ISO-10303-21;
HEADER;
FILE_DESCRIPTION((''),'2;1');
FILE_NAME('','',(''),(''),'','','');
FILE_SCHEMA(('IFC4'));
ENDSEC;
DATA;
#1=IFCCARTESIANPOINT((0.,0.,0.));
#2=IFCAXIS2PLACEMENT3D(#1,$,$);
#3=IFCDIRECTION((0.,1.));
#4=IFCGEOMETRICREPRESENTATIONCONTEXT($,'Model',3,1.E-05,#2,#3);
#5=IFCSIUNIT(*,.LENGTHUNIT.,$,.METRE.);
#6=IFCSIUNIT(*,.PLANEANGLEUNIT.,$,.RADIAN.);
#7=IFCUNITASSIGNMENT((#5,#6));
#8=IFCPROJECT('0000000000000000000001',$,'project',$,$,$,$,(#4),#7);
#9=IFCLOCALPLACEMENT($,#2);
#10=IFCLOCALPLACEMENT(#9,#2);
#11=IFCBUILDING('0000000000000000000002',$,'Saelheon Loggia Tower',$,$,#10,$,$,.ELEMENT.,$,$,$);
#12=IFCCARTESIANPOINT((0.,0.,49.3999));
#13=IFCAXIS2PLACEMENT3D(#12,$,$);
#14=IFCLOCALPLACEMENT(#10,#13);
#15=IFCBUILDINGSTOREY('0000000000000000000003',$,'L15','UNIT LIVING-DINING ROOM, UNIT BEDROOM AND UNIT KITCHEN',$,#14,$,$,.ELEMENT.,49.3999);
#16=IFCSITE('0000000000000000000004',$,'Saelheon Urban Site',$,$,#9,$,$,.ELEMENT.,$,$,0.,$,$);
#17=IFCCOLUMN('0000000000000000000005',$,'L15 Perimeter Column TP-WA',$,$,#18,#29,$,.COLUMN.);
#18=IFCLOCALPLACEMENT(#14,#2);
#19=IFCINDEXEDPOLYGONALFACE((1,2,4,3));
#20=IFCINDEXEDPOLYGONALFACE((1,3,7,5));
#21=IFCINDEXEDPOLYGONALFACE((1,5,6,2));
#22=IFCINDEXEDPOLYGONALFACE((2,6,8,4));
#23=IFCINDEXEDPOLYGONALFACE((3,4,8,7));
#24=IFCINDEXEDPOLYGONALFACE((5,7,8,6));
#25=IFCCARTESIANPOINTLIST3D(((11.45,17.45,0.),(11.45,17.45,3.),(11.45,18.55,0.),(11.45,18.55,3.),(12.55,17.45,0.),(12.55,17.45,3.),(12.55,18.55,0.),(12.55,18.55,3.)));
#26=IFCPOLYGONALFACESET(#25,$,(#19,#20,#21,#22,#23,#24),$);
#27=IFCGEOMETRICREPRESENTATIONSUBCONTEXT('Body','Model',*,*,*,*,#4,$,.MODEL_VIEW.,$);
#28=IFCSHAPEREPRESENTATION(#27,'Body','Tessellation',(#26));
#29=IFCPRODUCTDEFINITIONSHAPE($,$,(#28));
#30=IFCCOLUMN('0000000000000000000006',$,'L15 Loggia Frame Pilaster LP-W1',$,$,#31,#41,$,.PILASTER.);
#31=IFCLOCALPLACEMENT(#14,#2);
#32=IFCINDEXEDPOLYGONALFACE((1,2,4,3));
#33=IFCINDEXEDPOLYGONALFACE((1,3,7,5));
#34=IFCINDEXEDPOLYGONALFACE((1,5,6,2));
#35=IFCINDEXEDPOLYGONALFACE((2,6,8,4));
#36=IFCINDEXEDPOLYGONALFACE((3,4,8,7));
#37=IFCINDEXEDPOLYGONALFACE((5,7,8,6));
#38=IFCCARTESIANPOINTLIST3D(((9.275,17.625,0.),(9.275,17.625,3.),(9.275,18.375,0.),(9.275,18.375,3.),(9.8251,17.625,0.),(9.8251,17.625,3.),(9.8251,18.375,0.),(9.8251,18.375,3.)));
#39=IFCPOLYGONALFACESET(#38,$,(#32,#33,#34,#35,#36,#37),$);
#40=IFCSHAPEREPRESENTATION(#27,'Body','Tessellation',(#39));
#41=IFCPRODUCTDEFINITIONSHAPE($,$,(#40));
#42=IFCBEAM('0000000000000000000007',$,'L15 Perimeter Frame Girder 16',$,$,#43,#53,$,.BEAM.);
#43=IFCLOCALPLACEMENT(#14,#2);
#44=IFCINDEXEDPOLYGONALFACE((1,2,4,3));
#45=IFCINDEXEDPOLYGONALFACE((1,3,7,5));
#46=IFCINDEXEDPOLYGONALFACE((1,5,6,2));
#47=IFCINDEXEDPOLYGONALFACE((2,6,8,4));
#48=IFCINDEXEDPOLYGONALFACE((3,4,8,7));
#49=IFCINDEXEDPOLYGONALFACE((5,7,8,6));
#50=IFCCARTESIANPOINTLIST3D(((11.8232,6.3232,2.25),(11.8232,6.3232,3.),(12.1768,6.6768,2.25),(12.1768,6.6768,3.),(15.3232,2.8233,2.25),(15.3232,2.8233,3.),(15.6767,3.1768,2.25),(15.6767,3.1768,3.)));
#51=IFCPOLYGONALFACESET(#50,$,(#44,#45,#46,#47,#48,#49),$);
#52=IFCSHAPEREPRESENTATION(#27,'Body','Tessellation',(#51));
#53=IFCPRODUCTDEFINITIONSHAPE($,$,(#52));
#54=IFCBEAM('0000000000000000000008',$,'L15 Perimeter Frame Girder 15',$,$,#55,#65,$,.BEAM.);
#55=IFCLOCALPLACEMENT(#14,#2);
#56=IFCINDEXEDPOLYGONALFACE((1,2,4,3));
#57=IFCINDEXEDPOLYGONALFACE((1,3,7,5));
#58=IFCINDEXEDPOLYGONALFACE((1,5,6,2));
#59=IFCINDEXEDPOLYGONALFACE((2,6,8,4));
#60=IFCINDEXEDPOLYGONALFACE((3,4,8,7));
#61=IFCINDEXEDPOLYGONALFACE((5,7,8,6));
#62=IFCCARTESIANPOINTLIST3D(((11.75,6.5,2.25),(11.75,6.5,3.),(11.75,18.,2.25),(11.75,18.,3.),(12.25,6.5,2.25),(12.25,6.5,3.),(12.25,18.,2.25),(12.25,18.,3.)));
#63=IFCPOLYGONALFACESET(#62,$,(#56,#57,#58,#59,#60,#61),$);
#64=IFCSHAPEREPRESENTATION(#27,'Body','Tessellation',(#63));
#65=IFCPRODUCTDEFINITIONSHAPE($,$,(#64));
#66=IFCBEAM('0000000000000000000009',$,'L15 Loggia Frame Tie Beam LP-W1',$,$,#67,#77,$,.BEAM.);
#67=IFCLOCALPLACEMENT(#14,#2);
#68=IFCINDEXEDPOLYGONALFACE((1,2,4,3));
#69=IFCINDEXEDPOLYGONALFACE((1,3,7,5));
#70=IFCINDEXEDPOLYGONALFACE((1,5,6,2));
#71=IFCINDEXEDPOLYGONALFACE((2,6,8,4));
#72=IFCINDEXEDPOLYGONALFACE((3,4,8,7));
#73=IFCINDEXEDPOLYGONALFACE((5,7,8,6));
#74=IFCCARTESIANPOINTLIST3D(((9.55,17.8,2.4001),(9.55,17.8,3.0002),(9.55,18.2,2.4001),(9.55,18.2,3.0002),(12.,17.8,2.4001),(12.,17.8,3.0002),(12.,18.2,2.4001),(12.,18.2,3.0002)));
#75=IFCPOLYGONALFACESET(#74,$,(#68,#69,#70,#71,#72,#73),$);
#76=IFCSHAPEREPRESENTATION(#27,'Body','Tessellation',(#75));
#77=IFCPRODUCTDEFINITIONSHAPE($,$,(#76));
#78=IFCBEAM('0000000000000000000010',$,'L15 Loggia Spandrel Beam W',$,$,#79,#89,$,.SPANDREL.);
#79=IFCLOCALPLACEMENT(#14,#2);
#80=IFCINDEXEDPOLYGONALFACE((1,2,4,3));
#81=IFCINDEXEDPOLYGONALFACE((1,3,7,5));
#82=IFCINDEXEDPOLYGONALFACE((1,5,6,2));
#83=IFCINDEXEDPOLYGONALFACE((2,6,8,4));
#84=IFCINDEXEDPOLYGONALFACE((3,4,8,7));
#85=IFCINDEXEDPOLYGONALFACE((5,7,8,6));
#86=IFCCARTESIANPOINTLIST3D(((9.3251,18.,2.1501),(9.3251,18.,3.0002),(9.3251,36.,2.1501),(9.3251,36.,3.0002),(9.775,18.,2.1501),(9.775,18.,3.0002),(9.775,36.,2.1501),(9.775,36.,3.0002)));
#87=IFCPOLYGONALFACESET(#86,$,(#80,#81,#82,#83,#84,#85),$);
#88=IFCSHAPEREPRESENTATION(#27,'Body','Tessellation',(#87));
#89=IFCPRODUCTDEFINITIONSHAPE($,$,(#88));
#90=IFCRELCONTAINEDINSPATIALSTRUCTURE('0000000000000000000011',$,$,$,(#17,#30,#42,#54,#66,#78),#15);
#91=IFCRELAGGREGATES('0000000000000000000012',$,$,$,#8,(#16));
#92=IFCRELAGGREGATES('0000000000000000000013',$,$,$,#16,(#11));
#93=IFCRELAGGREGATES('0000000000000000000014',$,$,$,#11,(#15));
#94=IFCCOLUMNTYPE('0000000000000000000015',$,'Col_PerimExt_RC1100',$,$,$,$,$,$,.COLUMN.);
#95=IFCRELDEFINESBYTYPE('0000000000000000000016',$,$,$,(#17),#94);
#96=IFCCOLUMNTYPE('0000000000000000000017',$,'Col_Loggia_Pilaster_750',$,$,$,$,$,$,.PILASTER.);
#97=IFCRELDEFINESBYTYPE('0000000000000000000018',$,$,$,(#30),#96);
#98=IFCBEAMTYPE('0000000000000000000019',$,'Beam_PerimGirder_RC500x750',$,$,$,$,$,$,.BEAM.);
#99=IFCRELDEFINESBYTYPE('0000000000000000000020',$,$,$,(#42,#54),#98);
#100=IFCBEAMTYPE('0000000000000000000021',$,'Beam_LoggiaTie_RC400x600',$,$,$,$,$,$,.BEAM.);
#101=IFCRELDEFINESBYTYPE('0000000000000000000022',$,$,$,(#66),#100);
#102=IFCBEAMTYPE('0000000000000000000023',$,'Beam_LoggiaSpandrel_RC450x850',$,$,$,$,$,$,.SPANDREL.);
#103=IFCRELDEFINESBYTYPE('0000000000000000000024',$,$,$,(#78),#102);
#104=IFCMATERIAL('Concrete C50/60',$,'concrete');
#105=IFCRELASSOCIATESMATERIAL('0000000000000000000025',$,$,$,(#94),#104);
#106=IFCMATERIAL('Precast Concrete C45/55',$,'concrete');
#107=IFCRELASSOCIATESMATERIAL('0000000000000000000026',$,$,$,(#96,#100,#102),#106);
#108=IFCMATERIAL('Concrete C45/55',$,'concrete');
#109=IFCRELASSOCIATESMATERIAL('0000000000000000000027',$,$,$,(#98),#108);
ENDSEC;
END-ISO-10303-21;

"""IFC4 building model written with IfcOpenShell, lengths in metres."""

from ifc_helpers import new_model, si_unit, direction, frame, origin, origin_2d, place, context, subcontext, project, spatial, rectangle, extrude, source, transform, mapped, material, material_profile, profile_set, type_object, element, save


model = new_model("IFC4")

# Units and contexts
model_context = context("Model", 3, precision=1e-05, world=origin(), true_north=direction((0.0, 1.0)))
body_context = subcontext(model_context, "Body", "Model", "MODEL_VIEW")
ifc_project = project(units=[si_unit("LENGTHUNIT", "METRE"), si_unit("PLANEANGLEUNIT", "RADIAN")], contexts=[model_context])

# Site, building, storey
site_placement = place(None, origin())
site = spatial("IfcSite", under=ifc_project, at=site_placement, Name="Saelheon Urban Site", CompositionType="ELEMENT", RefElevation=0.0)
building_placement = place(site_placement, origin())
building = spatial("IfcBuilding", under=site, at=building_placement, Name="Saelheon Loggia Tower", CompositionType="ELEMENT")
storey_placement = place(building_placement, frame((0.0, 0.0, 49.3999)))
storey = spatial("IfcBuildingStorey", under=building, at=storey_placement, Name="L15", Description="UNIT LIVING-DINING ROOM, UNIT BEDROOM AND UNIT KITCHEN", CompositionType="ELEMENT", Elevation=49.3999)

# Columns
ifc_material_1 = material(Name="Concrete C50/60", Category="concrete")
ifc_material_profile_1 = material_profile(ifc_material_1, rectangle(XDim=1.1001, YDim=1.1001, at=origin_2d()), Name="RC-1100x1100")
ifc_profile_set_1 = profile_set([ifc_material_profile_1], Name="Concrete C50/60")
column_type_1 = type_object("IfcColumnType", Name="Col_PerimExt_RC1100", PredefinedType="COLUMN", material=ifc_profile_set_1)
shared_shape_1 = source(origin(), body_context, "Body", "SweptSolid", [
    extrude(rectangle(XDim=1.1001, YDim=1.1001, at=origin_2d()), origin(), (0.0, 0.0, 1.0), 3.0),
])
column_1_placement = place(storey_placement, frame((12.0, 18.0, 0.0), z_axis=(0.0, 0.0, 1.0), x_axis=(1.0, 0.0, 0.0)))
element("IfcColumn", 1, at=column_1_placement, inside=storey, type_object=column_type_1, Name="L15 Perimeter Column TP-WA", PredefinedType="COLUMN", context=body_context, shape_type="MappedRepresentation", body=[
    mapped(shared_shape_1, transform((0.0, 0.0, 0.0), scale=1.0)),
])
ifc_material_2 = material(Name="Precast Concrete C45/55", Category="concrete")
ifc_material_profile_2 = material_profile(ifc_material_2, rectangle(XDim=0.55, YDim=0.75, at=origin_2d()), Name="RC-550x750")
ifc_profile_set_2 = profile_set([ifc_material_profile_2], Name="Precast Concrete C45/55")
column_type_2 = type_object("IfcColumnType", Name="Col_Loggia_Pilaster_750", PredefinedType="PILASTER", material=ifc_profile_set_2)
shared_shape_2 = source(origin(), body_context, "Body", "SweptSolid", [
    extrude(rectangle(XDim=0.55, YDim=0.75, at=origin_2d()), origin(), (0.0, 0.0, 1.0), 3.0),
])
column_2_placement = place(storey_placement, frame((9.55, 18.0, 0.0), z_axis=(0.0, 0.0, 1.0), x_axis=(1.0, 0.0, 0.0)))
element("IfcColumn", 2, at=column_2_placement, inside=storey, type_object=column_type_2, Name="L15 Loggia Frame Pilaster LP-W1", PredefinedType="PILASTER", context=body_context, shape_type="MappedRepresentation", body=[
    mapped(shared_shape_2, transform((0.0, 0.0, 0.0), scale=1.0)),
])

# Beams
ifc_material_3 = material(Name="Concrete C45/55", Category="concrete")
ifc_material_profile_3 = material_profile(ifc_material_3, rectangle(XDim=0.5, YDim=0.75, at=origin_2d()), Name="RC-500x750")
ifc_profile_set_3 = profile_set([ifc_material_profile_3], Name="Concrete C45/55")
beam_type_1 = type_object("IfcBeamType", Name="Beam_PerimGirder_RC500x750", PredefinedType="BEAM", material=ifc_profile_set_3)
shared_shape_3 = source(origin(), body_context, "Body", "SweptSolid", [
    extrude(rectangle(XDim=0.5, YDim=0.75, at=origin_2d()), origin(), (0.0, 0.0, 1.0), 4.9497),
])
beam_1_placement = place(storey_placement, frame((12.0, 6.5, 2.625), z_axis=(0.707107, -0.707107, 0.0), x_axis=(0.707107, 0.707107, 0.0)))
element("IfcBeam", 3, at=beam_1_placement, inside=storey, type_object=beam_type_1, Name="L15 Perimeter Frame Girder 16", PredefinedType="BEAM", context=body_context, shape_type="MappedRepresentation", body=[
    mapped(shared_shape_3, transform((0.0, 0.0, 0.0), scale=1.0)),
])
shared_shape_4 = source(origin(), body_context, "Body", "SweptSolid", [
    extrude(rectangle(XDim=0.5, YDim=0.75, at=origin_2d()), origin(), (0.0, 0.0, 1.0), 11.5),
])
beam_2_placement = place(storey_placement, frame((12.0, 18.0, 2.625), z_axis=(0.0, -1.0, 0.0), x_axis=(1.0, 0.0, 0.0)))
element("IfcBeam", 4, at=beam_2_placement, inside=storey, type_object=beam_type_1, Name="L15 Perimeter Frame Girder 15", PredefinedType="BEAM", context=body_context, shape_type="MappedRepresentation", body=[
    mapped(shared_shape_4, transform((0.0, 0.0, 0.0), scale=1.0)),
])
ifc_material_profile_4 = material_profile(ifc_material_2, rectangle(XDim=0.3999, YDim=0.6001, at=origin_2d()), Name="RC-400x600")
ifc_profile_set_4 = profile_set([ifc_material_profile_4], Name="Precast Concrete C45/55")
beam_type_2 = type_object("IfcBeamType", Name="Beam_LoggiaTie_RC400x600", PredefinedType="BEAM", material=ifc_profile_set_4)
shared_shape_5 = source(origin(), body_context, "Body", "SweptSolid", [
    extrude(rectangle(XDim=0.3999, YDim=0.6001, at=origin_2d()), origin(), (0.0, 0.0, 1.0), 2.45),
])
beam_3_placement = place(storey_placement, frame((12.0, 18.0, 2.7002), z_axis=(-1.0, 0.0, 0.0), x_axis=(0.0, -1.0, 0.0)))
element("IfcBeam", 5, at=beam_3_placement, inside=storey, type_object=beam_type_2, Name="L15 Loggia Frame Tie Beam LP-W1", PredefinedType="BEAM", context=body_context, shape_type="MappedRepresentation", body=[
    mapped(shared_shape_5, transform((0.0, 0.0, 0.0), scale=1.0)),
])
ifc_material_profile_5 = material_profile(ifc_material_2, rectangle(XDim=0.45, YDim=0.8501, at=origin_2d()), Name="RC-450x850")
ifc_profile_set_5 = profile_set([ifc_material_profile_5], Name="Precast Concrete C45/55")
beam_type_3 = type_object("IfcBeamType", Name="Beam_LoggiaSpandrel_RC450x850", PredefinedType="SPANDREL", material=ifc_profile_set_5)
shared_shape_6 = source(origin(), body_context, "Body", "SweptSolid", [
    extrude(rectangle(XDim=0.45, YDim=0.8501, at=origin_2d()), origin(), (0.0, 0.0, 1.0), 18.0),
])
beam_4_placement = place(storey_placement, frame((9.55, 18.0, 2.5752), z_axis=(0.0, 1.0, 0.0), x_axis=(-1.0, 0.0, 0.0)))
element("IfcBeam", 6, at=beam_4_placement, inside=storey, type_object=beam_type_3, Name="L15 Loggia Spandrel Beam W", PredefinedType="SPANDREL", context=body_context, shape_type="MappedRepresentation", body=[
    mapped(shared_shape_6, transform((0.0, 0.0, 0.0), scale=1.0)),
])

save(model, "model.ifc")
